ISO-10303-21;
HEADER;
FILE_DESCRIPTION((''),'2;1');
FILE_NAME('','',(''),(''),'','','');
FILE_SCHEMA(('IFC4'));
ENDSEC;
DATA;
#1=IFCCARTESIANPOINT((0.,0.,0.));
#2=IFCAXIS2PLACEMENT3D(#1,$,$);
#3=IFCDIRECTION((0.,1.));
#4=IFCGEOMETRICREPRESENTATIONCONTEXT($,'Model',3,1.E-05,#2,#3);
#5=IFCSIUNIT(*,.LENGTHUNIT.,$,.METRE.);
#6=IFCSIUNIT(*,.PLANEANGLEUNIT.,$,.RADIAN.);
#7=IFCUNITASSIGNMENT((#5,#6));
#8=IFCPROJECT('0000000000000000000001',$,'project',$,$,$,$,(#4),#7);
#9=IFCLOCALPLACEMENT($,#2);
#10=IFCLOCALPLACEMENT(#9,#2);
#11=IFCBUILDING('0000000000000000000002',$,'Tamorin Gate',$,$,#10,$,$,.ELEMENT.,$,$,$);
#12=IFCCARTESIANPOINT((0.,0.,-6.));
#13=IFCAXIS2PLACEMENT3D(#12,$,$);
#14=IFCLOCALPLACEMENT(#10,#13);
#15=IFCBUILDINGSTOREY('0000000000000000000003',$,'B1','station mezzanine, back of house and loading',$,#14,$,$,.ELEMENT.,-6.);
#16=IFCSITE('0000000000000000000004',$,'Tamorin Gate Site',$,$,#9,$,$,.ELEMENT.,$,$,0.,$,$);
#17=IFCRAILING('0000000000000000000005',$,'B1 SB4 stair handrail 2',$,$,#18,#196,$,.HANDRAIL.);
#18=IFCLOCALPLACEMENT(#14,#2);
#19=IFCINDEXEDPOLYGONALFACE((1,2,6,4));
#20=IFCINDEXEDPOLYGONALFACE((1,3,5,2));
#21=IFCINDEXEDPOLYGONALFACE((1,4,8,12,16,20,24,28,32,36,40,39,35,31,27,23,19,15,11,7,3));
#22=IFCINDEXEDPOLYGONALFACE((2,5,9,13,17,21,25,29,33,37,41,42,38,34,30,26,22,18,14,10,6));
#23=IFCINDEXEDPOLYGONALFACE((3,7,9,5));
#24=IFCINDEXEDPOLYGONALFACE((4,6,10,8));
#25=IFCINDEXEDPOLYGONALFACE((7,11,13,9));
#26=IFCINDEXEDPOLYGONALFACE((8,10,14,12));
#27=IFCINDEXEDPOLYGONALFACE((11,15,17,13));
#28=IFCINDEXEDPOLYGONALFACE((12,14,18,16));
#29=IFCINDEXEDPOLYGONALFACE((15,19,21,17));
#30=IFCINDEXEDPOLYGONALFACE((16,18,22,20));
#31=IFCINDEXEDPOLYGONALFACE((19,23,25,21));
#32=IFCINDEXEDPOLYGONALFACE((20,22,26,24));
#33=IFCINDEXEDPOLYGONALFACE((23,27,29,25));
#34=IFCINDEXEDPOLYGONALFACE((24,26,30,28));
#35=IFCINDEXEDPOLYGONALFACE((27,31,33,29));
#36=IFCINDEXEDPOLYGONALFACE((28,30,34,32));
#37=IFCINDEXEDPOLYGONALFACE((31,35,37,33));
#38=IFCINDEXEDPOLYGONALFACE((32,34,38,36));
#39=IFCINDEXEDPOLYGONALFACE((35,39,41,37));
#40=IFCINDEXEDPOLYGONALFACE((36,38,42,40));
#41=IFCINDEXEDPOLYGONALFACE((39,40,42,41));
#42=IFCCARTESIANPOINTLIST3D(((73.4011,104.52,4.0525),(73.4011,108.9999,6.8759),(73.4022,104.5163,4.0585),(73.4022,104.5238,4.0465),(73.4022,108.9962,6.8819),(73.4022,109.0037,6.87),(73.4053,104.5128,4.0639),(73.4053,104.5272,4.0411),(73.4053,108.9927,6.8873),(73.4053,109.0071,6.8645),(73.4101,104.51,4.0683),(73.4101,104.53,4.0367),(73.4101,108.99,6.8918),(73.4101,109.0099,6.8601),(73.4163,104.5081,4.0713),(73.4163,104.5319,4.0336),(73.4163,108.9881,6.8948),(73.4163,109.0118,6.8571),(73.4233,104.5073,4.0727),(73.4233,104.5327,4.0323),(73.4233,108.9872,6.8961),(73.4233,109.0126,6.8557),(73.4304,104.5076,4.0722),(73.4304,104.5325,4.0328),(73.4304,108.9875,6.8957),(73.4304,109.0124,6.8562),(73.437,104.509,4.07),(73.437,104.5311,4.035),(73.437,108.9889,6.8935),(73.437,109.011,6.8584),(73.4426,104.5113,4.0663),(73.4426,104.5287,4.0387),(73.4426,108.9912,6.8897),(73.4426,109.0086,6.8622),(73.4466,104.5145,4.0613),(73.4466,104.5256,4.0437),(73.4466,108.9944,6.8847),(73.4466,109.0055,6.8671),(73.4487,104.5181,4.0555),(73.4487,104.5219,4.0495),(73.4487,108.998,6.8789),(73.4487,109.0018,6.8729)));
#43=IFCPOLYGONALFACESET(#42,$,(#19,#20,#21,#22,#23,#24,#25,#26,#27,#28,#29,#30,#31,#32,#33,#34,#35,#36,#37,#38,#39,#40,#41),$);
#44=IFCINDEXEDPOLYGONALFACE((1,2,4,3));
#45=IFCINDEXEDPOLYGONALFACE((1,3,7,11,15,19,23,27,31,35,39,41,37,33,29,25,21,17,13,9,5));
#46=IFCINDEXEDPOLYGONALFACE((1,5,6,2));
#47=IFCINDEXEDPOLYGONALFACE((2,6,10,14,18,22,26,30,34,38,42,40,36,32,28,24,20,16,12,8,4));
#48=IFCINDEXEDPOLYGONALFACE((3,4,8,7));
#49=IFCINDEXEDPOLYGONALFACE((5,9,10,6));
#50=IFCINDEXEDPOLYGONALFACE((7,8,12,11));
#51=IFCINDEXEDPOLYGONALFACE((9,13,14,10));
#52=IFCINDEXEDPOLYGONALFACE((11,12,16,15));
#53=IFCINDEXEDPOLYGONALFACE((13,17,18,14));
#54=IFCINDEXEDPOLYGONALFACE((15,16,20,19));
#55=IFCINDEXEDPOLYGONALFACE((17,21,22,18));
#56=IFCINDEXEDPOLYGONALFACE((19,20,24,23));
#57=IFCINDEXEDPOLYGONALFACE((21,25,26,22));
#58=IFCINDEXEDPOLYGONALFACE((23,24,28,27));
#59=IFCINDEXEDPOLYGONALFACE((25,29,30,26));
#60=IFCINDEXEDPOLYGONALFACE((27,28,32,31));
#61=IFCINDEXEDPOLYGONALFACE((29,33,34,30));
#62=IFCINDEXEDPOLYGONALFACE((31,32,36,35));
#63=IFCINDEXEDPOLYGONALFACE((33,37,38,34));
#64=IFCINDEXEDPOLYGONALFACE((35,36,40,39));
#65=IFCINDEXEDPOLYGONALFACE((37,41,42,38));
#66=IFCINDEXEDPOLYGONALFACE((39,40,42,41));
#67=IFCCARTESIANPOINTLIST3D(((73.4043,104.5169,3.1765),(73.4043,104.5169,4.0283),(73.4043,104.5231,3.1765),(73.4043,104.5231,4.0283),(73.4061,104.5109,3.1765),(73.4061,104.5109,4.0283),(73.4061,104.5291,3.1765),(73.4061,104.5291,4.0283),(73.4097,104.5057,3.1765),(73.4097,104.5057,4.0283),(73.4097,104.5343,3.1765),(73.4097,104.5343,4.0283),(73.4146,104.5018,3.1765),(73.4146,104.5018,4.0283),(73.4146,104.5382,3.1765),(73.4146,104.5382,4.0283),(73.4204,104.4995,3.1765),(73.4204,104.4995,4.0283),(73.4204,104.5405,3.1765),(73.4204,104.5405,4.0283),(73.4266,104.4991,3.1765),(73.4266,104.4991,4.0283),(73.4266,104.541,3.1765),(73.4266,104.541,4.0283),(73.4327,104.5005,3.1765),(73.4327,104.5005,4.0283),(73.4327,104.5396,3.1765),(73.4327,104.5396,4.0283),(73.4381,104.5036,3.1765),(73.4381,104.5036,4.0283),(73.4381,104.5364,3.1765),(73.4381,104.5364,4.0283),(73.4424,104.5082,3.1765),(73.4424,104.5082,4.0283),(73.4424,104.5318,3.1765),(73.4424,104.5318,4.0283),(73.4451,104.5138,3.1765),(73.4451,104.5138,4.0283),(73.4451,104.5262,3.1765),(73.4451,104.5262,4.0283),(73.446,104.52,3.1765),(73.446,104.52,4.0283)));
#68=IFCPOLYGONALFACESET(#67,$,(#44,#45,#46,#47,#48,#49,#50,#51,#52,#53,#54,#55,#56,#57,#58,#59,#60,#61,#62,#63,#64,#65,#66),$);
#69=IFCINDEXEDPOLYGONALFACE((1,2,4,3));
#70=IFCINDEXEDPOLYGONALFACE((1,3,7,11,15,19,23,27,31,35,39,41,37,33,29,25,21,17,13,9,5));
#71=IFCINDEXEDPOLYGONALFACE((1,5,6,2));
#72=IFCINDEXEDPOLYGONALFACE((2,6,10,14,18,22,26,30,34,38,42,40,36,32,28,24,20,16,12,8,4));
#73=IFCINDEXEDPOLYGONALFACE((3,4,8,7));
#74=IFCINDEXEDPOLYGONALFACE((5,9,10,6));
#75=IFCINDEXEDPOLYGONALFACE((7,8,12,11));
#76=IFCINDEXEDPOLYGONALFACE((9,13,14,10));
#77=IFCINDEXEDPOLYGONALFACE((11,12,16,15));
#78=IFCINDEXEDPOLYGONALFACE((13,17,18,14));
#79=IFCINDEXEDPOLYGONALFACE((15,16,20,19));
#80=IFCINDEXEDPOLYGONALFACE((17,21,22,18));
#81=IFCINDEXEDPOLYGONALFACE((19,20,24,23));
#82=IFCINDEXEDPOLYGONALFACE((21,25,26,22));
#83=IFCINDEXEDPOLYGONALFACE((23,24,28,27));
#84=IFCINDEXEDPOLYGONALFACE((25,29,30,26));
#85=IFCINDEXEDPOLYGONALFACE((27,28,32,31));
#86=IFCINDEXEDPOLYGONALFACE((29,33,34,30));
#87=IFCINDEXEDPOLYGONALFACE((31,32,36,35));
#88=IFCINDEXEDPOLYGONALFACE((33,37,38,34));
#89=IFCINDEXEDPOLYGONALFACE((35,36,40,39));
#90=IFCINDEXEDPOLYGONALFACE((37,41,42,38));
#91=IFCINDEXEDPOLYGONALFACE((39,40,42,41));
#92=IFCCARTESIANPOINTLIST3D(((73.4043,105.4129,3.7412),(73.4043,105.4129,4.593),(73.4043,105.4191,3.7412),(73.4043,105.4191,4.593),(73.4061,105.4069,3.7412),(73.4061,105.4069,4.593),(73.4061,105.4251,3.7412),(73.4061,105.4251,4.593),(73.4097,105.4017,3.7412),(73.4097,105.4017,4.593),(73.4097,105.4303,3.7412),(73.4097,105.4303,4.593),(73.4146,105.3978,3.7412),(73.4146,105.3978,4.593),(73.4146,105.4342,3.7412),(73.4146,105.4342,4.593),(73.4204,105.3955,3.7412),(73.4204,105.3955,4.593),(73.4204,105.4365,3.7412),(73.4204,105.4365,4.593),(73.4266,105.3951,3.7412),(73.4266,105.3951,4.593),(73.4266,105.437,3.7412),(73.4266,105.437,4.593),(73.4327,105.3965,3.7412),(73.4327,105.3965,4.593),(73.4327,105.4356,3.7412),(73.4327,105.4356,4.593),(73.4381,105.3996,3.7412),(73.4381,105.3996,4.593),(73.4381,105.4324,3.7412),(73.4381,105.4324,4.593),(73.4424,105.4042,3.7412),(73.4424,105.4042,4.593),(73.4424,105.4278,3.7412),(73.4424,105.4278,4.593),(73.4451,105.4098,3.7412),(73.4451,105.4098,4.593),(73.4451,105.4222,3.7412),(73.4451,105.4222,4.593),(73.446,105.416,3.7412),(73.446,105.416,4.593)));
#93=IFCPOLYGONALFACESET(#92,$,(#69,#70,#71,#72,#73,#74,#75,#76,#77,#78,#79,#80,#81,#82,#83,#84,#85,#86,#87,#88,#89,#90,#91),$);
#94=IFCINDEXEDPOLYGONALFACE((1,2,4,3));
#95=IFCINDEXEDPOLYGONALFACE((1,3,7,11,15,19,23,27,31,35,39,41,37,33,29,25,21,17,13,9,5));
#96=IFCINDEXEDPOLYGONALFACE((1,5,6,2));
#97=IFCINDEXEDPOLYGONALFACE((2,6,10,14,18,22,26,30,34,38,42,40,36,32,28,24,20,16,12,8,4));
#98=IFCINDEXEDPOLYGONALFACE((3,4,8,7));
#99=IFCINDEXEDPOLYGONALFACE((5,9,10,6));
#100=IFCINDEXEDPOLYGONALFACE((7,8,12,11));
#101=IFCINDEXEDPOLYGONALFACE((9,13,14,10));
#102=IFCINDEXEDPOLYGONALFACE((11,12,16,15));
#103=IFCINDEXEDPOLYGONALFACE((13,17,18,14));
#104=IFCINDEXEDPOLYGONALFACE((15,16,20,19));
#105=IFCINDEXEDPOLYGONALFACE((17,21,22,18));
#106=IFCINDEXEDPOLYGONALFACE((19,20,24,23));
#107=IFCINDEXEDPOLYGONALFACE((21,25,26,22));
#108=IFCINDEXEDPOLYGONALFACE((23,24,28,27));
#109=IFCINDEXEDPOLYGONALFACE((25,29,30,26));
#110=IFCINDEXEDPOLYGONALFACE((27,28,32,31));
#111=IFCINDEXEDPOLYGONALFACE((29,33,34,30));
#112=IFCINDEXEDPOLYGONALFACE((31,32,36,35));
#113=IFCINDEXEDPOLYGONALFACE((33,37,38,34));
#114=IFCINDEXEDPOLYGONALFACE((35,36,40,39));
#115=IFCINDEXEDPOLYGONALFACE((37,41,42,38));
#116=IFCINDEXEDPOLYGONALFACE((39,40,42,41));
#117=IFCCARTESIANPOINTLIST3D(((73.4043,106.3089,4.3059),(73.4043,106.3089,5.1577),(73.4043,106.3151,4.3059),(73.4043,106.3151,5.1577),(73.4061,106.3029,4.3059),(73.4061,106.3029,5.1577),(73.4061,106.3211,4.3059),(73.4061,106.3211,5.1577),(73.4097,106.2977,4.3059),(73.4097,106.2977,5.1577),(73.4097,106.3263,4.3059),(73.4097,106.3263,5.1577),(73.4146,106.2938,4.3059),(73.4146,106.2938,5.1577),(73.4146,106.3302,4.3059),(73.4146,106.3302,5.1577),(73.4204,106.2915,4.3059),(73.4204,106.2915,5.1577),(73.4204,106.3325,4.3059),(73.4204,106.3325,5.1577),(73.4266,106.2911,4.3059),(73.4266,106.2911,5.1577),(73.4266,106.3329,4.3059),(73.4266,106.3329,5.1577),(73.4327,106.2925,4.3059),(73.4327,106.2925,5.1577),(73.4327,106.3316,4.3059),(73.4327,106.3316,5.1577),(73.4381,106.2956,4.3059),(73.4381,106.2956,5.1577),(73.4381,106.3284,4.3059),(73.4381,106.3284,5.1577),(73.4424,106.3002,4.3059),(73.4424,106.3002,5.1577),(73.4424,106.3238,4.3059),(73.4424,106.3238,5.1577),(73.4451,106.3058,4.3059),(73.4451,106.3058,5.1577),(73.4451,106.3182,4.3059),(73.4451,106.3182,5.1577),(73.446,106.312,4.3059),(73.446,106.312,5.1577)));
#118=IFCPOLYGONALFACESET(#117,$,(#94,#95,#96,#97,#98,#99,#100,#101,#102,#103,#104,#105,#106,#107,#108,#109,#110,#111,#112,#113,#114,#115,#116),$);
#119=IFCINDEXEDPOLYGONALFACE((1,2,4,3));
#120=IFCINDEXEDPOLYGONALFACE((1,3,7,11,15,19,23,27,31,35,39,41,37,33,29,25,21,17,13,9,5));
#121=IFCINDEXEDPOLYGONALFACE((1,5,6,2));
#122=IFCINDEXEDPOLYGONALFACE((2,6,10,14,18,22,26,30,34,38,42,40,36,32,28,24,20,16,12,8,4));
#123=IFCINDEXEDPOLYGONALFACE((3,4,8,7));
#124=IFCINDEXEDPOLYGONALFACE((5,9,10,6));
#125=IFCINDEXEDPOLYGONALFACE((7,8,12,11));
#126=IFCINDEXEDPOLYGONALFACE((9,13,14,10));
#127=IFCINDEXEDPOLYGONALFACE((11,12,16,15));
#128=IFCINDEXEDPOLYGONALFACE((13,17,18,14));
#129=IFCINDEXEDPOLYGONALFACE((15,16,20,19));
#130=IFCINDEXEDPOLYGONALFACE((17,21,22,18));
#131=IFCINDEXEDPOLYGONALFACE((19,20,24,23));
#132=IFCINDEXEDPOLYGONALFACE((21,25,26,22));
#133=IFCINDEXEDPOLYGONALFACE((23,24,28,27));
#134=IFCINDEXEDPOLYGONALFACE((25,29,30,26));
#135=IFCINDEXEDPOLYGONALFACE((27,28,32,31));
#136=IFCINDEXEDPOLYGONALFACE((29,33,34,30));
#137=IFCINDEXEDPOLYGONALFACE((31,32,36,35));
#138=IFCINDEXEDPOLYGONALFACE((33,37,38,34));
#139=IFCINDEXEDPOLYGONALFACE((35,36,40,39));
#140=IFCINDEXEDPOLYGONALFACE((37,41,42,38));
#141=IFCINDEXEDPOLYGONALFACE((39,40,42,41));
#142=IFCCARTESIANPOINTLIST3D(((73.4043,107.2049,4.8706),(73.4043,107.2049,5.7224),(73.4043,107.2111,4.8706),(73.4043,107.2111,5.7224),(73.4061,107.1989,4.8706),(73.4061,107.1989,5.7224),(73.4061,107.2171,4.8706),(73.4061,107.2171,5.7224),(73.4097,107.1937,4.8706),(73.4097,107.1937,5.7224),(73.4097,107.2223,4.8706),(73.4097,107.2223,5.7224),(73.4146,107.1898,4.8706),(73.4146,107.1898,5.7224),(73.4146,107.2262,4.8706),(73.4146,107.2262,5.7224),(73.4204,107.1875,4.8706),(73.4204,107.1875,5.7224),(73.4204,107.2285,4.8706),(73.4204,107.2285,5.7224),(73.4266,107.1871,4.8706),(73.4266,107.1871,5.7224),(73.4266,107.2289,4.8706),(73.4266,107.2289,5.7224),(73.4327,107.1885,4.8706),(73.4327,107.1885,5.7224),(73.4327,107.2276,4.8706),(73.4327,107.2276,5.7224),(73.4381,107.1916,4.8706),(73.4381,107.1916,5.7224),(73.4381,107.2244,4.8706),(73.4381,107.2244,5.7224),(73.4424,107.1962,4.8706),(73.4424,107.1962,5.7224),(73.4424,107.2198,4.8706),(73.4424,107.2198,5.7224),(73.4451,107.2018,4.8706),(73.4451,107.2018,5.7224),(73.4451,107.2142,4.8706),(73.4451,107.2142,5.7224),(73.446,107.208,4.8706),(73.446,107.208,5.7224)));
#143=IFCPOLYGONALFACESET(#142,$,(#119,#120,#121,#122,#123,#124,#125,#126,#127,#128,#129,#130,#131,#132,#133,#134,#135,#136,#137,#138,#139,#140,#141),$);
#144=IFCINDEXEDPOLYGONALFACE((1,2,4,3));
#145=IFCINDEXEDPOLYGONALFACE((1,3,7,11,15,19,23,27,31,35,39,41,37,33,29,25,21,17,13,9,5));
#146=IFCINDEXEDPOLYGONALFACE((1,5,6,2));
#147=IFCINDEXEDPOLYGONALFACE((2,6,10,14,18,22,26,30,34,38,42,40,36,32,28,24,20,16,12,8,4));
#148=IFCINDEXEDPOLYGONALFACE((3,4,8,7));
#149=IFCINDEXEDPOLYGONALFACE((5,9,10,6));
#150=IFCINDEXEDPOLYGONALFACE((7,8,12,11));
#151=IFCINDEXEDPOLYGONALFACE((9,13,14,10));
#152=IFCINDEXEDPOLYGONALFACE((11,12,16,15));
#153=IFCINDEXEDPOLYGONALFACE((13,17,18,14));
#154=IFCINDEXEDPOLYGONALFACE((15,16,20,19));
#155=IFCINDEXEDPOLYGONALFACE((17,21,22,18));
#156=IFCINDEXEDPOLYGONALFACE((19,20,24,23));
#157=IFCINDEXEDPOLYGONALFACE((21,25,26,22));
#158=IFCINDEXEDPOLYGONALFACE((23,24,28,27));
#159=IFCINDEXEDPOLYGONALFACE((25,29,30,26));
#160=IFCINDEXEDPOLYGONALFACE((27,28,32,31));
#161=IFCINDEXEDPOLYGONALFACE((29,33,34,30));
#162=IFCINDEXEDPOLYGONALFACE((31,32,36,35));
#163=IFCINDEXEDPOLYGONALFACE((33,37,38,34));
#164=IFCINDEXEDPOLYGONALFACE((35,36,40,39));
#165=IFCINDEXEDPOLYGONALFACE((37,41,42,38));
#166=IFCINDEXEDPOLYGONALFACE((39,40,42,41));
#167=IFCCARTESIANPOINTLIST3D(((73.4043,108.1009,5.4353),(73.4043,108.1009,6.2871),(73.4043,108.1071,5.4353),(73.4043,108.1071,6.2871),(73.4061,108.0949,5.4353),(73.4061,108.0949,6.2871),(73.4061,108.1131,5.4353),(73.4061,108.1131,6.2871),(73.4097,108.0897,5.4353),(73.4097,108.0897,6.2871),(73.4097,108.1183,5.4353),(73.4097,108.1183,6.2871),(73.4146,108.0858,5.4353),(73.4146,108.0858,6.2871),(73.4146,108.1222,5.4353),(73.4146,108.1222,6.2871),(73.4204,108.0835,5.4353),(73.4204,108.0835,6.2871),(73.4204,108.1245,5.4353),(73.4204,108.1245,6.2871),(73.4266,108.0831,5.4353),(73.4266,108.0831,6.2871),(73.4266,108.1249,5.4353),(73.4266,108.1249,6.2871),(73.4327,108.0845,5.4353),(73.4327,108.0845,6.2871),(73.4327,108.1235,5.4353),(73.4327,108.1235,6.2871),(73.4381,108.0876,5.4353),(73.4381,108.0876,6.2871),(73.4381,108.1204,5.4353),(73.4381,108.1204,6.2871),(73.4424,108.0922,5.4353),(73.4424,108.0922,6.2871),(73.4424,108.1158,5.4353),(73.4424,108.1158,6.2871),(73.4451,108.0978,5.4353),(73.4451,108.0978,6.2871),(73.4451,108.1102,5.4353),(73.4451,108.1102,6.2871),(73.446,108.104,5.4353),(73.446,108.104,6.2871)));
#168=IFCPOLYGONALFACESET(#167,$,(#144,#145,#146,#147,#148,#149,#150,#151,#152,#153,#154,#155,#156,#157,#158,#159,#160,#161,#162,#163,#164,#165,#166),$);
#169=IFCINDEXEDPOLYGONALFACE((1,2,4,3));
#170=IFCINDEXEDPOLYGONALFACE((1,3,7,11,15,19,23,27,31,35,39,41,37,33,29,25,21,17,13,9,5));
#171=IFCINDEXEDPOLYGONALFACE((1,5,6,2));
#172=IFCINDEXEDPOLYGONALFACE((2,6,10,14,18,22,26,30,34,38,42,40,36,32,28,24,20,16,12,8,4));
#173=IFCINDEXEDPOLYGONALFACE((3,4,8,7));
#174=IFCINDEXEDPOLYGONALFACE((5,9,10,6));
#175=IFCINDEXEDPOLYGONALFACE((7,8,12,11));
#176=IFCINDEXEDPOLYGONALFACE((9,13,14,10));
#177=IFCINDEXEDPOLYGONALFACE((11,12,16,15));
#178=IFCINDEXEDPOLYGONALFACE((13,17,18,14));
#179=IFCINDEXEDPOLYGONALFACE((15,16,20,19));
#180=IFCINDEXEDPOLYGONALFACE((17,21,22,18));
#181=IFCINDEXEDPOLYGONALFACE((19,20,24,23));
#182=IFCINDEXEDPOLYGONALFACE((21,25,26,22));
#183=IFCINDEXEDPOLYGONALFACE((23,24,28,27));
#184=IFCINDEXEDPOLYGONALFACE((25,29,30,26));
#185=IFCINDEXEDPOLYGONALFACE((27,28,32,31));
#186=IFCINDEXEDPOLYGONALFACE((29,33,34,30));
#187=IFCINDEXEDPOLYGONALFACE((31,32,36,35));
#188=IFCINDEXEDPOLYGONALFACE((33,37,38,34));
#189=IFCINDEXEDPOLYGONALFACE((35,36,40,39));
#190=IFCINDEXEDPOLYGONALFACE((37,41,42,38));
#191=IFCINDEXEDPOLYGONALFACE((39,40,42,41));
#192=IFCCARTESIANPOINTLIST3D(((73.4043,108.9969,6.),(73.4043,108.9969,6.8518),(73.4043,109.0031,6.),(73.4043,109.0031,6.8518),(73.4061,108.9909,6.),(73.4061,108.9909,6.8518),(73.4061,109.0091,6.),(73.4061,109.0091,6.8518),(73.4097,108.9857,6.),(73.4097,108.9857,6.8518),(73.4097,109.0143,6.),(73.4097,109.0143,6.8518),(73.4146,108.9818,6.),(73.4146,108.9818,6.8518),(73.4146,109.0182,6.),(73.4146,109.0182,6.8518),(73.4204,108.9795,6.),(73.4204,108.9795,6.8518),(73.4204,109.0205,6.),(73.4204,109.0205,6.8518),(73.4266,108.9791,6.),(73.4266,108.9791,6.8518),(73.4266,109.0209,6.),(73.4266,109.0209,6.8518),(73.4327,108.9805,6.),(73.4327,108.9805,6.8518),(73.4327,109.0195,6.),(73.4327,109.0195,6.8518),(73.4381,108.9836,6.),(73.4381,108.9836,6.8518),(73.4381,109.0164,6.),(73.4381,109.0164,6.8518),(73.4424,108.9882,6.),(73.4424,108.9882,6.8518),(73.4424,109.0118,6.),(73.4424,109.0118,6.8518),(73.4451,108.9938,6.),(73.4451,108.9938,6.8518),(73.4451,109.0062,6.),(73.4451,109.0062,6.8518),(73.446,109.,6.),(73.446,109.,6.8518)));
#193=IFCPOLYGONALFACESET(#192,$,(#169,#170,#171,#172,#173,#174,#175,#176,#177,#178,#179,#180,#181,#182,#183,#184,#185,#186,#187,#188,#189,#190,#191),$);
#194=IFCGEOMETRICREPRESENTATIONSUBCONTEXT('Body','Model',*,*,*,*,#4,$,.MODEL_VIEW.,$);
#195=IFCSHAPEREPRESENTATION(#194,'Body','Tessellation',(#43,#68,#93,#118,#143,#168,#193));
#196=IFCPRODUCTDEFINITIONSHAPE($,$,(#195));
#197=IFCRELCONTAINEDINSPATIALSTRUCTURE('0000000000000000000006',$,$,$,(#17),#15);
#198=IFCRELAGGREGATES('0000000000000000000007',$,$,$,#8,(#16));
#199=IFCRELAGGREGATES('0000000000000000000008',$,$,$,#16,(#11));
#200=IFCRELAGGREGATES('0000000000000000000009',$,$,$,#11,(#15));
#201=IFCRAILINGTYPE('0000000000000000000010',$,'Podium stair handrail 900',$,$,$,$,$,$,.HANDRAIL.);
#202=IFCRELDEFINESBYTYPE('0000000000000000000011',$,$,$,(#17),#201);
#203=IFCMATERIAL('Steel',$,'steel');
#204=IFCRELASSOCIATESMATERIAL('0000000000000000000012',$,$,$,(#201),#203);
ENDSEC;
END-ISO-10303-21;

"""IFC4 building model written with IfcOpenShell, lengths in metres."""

from ifc_helpers import new_model, si_unit, direction, frame, origin, origin_2d, place, context, subcontext, project, spatial, circle, extrude, material, type_object, element, save


model = new_model("IFC4")

# Units and contexts
model_context = context("Model", 3, precision=1e-05, world=origin(), true_north=direction((0.0, 1.0)))
body_context = subcontext(model_context, "Body", "Model", "MODEL_VIEW")
ifc_project = project(units=[si_unit("LENGTHUNIT", "METRE"), si_unit("PLANEANGLEUNIT", "RADIAN")], contexts=[model_context])

# Site, building, storey
site_placement = place(None, origin())
site = spatial("IfcSite", under=ifc_project, at=site_placement, Name="Tamorin Gate Site", CompositionType="ELEMENT", RefElevation=0.0)
building_placement = place(site_placement, origin())
building = spatial("IfcBuilding", under=site, at=building_placement, Name="Tamorin Gate", CompositionType="ELEMENT")
storey_placement = place(building_placement, frame((0.0, 0.0, -6.0)))
storey = spatial("IfcBuildingStorey", under=building, at=storey_placement, Name="B1", Description="station mezzanine, back of house and loading", CompositionType="ELEMENT", Elevation=-6.0)

# Railing
ifc_material_1 = material(Name="Steel", Category="steel")
railing_type_1 = type_object("IfcRailingType", Name="Podium stair handrail 900", PredefinedType="HANDRAIL", material=ifc_material_1)
railing_1_placement = place(storey_placement, frame((73.425, 104.52, 3.1765)))
element("IfcRailing", 1, at=railing_1_placement, inside=storey, type_object=railing_type_1, Name="B1 SB4 stair handrail 2", PredefinedType="HANDRAIL", context=body_context, shape_type="SweptSolid", body=[
    extrude(circle(Radius=0.0239, at=origin_2d()), frame((0.0, 0.0, 0.876), z_axis=(0.0, 0.845998, 0.533186), x_axis=(-1.0, 0.0, 0.0)), (0.0, 0.0, 1.0), 5.2954),
    extrude(circle(Radius=0.021, at=origin_2d()), origin(), (0.0, 0.0, 1.0), 0.8518),
    extrude(circle(Radius=0.021, at=origin_2d()), frame((0.0, 0.896, 0.5647)), (0.0, 0.0, 1.0), 0.8518),
    extrude(circle(Radius=0.021, at=origin_2d()), frame((0.0, 1.792, 1.1294)), (0.0, 0.0, 1.0), 0.8518),
    extrude(circle(Radius=0.021, at=origin_2d()), frame((0.0, 2.688, 1.6941)), (0.0, 0.0, 1.0), 0.8518),
    extrude(circle(Radius=0.021, at=origin_2d()), frame((0.0, 3.584, 2.2588)), (0.0, 0.0, 1.0), 0.8518),
    extrude(circle(Radius=0.021, at=origin_2d()), frame((0.0, 4.48, 2.8235)), (0.0, 0.0, 1.0), 0.8518),
])

save(model, "model.ifc")
